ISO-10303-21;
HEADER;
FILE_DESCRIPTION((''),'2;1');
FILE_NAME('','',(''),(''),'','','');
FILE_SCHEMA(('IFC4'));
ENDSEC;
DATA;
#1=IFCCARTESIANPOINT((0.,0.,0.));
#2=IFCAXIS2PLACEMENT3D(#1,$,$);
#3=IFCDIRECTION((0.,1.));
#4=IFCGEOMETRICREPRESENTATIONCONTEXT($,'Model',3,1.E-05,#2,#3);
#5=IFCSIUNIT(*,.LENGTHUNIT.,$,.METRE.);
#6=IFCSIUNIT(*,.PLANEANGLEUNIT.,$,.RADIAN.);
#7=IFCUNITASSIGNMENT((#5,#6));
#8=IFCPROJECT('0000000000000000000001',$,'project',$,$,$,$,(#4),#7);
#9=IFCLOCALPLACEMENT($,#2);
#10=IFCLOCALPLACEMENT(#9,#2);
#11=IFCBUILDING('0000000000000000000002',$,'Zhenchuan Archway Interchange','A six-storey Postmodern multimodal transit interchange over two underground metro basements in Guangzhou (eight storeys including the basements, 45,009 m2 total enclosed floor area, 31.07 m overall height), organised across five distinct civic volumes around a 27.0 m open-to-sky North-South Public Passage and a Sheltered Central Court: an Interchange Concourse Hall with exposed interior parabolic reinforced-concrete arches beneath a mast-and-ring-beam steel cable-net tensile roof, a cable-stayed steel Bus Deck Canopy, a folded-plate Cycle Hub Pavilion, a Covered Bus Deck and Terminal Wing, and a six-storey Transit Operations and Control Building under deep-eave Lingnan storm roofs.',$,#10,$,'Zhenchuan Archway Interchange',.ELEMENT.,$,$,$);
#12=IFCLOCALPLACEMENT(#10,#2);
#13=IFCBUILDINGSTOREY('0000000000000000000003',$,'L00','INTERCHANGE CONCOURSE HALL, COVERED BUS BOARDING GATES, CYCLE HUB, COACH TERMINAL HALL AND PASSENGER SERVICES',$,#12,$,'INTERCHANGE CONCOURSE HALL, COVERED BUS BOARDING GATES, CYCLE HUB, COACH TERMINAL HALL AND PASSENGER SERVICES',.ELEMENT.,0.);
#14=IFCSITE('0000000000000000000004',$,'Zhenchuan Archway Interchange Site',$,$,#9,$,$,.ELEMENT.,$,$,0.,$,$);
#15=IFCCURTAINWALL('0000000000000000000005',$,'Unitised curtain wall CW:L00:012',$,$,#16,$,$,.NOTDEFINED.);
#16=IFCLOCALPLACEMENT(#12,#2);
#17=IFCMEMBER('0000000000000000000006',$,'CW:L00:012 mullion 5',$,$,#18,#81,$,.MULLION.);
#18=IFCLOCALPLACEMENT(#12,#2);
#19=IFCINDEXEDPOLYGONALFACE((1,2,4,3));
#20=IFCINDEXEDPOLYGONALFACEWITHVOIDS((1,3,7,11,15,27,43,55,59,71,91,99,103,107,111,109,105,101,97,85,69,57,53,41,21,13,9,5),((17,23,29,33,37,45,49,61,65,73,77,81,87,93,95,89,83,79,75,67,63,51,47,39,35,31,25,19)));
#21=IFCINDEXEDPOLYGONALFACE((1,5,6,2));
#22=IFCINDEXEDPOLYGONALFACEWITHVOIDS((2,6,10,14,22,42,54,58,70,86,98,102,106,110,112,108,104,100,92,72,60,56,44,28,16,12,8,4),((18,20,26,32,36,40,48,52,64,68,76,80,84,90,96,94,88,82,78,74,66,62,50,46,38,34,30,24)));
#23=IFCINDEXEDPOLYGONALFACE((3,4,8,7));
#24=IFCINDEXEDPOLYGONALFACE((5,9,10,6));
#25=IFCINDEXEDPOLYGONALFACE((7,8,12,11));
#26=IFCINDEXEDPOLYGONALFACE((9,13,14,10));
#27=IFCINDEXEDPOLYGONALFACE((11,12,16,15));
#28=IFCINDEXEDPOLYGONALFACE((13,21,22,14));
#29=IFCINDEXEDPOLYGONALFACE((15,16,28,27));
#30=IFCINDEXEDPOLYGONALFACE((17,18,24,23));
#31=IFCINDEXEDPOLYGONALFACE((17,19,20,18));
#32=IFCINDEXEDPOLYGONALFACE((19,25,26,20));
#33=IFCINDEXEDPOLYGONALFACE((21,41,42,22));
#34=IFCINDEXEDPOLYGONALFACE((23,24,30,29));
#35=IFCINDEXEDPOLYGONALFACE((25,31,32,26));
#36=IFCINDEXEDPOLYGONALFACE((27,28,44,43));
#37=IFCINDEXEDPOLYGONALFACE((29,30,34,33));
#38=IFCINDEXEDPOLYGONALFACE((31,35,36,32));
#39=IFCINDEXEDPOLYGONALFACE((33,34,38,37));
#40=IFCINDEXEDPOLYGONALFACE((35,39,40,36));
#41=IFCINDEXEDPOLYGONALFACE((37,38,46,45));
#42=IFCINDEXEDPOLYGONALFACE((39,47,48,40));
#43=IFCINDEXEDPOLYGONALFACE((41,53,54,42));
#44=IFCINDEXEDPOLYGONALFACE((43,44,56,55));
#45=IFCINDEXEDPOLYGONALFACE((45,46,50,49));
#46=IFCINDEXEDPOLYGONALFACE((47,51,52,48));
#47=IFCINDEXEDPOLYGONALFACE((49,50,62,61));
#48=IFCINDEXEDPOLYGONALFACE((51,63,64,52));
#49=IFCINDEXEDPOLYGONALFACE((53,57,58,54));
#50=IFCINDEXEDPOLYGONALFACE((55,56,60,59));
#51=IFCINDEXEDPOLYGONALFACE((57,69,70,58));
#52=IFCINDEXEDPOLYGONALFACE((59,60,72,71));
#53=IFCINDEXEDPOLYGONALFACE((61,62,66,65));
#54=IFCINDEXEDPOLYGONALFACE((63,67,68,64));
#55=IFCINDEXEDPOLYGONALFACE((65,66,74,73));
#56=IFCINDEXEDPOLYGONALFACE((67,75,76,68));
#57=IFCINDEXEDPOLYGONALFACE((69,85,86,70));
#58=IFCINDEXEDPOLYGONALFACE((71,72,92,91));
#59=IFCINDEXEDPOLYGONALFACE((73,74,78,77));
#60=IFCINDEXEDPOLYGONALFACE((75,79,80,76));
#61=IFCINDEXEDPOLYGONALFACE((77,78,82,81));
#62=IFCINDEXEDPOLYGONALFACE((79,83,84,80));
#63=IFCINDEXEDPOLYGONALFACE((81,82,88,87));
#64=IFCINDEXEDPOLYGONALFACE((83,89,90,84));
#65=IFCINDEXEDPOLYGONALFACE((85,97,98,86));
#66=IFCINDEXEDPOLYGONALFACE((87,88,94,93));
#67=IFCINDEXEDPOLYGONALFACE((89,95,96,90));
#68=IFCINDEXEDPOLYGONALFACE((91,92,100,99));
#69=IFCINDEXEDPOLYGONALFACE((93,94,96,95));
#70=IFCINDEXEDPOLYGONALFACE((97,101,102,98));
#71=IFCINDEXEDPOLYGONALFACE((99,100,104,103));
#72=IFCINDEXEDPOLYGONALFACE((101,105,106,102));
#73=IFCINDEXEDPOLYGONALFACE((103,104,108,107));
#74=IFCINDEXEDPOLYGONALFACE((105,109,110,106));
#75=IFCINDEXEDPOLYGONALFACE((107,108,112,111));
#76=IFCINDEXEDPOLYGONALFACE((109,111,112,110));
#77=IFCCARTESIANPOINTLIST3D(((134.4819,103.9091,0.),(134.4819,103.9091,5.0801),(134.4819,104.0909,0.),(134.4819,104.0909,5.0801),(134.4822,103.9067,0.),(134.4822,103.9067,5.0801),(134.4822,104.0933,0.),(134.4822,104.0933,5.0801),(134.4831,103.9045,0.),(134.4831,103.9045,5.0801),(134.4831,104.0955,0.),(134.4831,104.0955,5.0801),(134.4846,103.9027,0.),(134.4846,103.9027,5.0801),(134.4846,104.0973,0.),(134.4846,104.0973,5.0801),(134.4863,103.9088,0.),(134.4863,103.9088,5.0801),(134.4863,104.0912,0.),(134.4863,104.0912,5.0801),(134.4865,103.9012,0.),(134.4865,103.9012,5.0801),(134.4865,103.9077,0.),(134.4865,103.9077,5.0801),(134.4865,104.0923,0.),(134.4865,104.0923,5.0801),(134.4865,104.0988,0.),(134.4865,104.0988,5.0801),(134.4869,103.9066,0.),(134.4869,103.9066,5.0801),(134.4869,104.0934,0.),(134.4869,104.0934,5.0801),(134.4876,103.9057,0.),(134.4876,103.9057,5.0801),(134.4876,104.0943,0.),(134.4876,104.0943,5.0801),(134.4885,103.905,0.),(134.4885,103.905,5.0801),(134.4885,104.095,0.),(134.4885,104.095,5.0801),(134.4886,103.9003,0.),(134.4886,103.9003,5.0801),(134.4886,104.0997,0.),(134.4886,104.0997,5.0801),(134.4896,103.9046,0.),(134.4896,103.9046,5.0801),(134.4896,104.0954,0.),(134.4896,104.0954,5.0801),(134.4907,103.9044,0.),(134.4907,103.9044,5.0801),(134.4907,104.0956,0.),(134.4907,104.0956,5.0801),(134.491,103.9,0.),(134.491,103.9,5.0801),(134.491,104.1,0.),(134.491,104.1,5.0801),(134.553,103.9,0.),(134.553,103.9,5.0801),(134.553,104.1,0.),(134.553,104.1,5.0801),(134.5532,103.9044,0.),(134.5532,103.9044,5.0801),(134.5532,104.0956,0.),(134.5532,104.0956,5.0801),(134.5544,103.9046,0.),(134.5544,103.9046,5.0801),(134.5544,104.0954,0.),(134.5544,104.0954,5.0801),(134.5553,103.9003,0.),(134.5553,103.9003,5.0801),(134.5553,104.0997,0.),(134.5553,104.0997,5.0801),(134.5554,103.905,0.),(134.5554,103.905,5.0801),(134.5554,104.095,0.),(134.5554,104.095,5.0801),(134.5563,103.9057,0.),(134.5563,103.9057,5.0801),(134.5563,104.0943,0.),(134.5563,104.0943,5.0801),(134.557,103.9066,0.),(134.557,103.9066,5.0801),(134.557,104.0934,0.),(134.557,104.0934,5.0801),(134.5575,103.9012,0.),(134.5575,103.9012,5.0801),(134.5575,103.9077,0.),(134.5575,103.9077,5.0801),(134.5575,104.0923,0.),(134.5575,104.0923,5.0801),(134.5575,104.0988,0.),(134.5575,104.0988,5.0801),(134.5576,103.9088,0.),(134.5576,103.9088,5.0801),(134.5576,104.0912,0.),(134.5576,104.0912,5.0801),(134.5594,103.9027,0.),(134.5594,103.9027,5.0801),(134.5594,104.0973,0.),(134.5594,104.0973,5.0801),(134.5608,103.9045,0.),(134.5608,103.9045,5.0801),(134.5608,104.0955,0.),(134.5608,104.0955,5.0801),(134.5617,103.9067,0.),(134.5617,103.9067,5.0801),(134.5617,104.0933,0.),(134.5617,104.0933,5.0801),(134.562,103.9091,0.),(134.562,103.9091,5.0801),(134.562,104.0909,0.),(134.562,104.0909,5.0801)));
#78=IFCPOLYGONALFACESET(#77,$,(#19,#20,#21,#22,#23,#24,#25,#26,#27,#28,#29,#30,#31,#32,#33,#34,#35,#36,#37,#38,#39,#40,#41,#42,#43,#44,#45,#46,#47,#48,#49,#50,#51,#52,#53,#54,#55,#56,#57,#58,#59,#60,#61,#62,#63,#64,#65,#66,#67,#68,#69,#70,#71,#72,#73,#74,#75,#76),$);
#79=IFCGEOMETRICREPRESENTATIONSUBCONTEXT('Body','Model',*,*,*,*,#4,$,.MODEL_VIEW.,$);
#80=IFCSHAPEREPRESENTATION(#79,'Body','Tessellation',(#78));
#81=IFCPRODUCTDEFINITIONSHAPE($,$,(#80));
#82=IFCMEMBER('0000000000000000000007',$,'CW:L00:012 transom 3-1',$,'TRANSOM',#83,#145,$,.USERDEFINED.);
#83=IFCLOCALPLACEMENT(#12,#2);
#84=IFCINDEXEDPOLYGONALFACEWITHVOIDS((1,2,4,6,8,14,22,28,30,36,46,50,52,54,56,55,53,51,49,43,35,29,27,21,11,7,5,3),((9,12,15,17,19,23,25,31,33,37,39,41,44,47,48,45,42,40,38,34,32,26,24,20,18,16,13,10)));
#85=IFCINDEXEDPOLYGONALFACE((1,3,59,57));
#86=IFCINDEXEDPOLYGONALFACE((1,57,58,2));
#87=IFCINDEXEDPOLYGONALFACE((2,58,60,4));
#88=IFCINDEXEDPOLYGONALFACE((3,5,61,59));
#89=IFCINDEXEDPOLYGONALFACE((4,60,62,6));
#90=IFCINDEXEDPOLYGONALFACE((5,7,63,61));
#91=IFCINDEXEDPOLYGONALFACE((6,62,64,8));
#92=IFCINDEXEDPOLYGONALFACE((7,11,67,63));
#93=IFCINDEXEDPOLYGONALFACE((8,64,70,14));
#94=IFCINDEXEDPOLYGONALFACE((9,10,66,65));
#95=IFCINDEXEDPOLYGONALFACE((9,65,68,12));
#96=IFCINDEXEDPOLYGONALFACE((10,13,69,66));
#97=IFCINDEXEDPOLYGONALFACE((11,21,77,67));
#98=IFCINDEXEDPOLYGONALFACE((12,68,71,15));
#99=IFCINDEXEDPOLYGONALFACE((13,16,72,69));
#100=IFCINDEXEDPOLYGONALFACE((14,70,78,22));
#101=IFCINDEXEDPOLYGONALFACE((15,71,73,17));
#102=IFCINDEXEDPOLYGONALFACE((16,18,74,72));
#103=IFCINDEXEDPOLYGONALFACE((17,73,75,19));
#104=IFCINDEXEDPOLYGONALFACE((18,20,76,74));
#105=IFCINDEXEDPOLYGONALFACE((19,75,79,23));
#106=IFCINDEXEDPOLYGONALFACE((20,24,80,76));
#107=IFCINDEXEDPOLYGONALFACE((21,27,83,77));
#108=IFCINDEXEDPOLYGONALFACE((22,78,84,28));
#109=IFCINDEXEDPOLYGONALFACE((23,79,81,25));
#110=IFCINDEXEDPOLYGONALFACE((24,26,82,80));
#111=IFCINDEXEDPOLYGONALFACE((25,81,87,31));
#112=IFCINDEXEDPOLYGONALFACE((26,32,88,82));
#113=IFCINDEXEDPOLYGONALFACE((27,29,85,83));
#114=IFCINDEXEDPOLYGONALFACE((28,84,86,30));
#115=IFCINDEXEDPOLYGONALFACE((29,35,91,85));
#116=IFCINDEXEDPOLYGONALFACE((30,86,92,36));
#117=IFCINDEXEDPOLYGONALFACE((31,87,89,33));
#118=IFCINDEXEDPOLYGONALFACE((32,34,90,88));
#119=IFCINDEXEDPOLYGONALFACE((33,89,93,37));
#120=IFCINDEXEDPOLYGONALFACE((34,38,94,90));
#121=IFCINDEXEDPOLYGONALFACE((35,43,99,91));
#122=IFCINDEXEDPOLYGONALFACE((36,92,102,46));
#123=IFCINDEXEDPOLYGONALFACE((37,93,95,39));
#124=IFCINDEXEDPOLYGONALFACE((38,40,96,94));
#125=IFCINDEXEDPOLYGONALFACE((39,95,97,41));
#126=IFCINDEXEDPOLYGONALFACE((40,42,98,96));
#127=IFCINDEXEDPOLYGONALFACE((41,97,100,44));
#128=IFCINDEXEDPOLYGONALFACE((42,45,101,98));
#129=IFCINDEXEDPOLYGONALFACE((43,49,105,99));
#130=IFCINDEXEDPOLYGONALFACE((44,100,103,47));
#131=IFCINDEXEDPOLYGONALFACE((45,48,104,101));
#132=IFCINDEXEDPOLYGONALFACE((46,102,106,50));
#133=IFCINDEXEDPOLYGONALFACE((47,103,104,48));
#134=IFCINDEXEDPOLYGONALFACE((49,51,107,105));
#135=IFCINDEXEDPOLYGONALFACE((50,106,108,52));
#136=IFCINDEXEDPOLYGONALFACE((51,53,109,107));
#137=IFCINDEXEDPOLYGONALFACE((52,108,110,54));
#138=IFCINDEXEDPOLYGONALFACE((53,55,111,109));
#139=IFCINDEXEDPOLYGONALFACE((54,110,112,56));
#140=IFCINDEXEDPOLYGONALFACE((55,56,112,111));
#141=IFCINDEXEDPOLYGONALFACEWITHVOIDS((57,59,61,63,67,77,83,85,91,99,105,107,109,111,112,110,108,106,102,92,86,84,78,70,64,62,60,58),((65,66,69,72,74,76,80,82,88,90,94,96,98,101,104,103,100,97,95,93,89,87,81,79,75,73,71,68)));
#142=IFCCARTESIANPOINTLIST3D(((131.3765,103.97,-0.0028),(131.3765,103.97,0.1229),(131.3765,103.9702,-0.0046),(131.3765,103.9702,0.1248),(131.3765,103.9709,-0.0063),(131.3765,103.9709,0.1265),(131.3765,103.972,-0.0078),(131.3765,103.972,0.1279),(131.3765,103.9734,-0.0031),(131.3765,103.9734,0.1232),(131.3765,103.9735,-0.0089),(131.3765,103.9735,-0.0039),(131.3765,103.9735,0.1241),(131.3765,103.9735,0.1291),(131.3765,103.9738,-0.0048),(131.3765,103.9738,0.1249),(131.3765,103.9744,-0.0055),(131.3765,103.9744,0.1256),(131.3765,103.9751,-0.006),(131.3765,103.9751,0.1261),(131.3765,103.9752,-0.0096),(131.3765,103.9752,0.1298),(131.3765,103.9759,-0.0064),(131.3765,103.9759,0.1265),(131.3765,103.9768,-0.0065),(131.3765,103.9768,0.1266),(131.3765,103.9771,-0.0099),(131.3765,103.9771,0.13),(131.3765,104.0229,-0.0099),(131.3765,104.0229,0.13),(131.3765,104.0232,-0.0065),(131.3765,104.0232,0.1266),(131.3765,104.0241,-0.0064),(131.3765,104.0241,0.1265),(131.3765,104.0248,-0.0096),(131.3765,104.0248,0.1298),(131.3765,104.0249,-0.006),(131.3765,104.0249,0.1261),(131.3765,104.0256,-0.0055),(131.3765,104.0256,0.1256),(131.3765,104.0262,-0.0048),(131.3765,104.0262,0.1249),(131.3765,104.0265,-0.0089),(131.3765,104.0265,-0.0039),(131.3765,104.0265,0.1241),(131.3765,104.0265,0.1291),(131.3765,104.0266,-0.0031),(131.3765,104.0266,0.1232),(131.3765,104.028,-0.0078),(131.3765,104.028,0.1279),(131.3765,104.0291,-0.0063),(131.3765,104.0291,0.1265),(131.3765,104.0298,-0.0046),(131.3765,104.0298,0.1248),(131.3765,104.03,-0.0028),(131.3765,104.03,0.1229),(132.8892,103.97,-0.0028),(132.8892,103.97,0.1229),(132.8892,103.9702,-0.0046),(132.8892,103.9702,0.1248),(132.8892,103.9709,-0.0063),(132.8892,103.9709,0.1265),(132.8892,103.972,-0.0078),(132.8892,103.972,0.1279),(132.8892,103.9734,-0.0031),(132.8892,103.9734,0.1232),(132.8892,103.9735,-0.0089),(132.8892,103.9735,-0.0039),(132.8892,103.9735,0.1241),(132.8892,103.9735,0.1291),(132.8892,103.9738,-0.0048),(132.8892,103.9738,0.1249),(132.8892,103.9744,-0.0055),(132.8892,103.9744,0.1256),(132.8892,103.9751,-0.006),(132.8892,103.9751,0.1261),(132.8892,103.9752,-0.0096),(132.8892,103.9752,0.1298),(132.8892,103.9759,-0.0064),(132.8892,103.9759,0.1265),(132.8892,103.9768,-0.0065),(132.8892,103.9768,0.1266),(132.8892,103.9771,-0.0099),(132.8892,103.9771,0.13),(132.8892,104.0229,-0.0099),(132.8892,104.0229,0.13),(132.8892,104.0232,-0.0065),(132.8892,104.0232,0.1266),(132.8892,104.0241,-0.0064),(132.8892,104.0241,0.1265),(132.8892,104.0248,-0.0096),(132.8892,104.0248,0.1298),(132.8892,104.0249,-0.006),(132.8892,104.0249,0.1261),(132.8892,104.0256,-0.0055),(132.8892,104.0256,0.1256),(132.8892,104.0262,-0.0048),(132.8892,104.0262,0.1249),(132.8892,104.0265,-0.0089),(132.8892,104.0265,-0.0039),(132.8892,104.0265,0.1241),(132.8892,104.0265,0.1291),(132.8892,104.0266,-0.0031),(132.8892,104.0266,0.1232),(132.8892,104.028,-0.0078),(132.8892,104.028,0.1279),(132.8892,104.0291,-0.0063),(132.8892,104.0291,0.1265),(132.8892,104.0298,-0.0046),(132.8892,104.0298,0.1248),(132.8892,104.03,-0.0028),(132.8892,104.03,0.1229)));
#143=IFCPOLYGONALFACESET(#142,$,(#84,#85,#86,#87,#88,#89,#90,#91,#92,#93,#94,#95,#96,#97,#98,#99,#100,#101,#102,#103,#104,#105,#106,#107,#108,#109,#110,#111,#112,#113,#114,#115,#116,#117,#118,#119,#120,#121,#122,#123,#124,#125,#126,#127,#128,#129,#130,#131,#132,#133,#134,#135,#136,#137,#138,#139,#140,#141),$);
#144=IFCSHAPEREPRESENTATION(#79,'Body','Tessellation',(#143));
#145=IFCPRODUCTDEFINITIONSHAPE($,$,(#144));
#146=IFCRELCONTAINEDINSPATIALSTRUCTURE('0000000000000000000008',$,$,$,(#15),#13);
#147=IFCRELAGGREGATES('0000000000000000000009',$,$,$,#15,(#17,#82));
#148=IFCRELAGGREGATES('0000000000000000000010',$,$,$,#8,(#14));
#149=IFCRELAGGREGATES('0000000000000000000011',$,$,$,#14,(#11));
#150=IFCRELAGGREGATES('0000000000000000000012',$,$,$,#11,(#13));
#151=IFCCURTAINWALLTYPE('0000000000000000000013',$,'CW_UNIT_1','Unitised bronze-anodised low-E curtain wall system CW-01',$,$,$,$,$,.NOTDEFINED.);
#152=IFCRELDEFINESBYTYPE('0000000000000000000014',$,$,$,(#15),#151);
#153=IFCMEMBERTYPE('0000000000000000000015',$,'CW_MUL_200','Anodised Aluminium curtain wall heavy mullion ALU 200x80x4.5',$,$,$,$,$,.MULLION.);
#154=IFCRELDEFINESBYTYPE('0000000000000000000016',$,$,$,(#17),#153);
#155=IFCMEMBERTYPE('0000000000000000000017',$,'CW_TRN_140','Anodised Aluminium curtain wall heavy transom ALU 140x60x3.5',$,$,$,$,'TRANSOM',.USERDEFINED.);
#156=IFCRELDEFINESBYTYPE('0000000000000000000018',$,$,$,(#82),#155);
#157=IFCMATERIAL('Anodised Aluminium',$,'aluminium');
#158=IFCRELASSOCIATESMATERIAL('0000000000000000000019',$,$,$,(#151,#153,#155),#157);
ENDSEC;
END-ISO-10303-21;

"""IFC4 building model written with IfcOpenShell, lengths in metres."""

from ifc_helpers import new_model, si_unit, direction, frame, origin, origin_2d, place, context, subcontext, project, spatial, hollow_rectangle, extrude, material, material_profile, profile_set, type_object, element, aggregate, save


model = new_model("IFC4")

# Units and contexts
model_context = context("Model", 3, precision=1e-05, world=origin(), true_north=direction((0.0, 1.0)))
body_context = subcontext(model_context, "Body", "Model", "MODEL_VIEW")
ifc_project = project(units=[si_unit("LENGTHUNIT", "METRE"), si_unit("PLANEANGLEUNIT", "RADIAN")], contexts=[model_context])

# Site, building, storey
site_placement = place(None, origin())
site = spatial("IfcSite", under=ifc_project, at=site_placement, Name="Zhenchuan Archway Interchange Site", CompositionType="ELEMENT", RefElevation=0.0)
building_placement = place(site_placement, origin())
building = spatial("IfcBuilding", under=site, at=building_placement, Name="Zhenchuan Archway Interchange", Description="A six-storey Postmodern multimodal transit interchange over two underground metro basements in Guangzhou (eight storeys including the basements, 45,009 m2 total enclosed floor area, 31.07 m overall height), organised across five distinct civic volumes around a 27.0 m open-to-sky North-South Public Passage and a Sheltered Central Court: an Interchange Concourse Hall with exposed interior parabolic reinforced-concrete arches beneath a mast-and-ring-beam steel cable-net tensile roof, a cable-stayed steel Bus Deck Canopy, a folded-plate Cycle Hub Pavilion, a Covered Bus Deck and Terminal Wing, and a six-storey Transit Operations and Control Building under deep-eave Lingnan storm roofs.", LongName="Zhenchuan Archway Interchange", CompositionType="ELEMENT")
storey_placement = place(building_placement, origin())
storey = spatial("IfcBuildingStorey", under=building, at=storey_placement, Name="L00", Description="INTERCHANGE CONCOURSE HALL, COVERED BUS BOARDING GATES, CYCLE HUB, COACH TERMINAL HALL AND PASSENGER SERVICES", LongName="INTERCHANGE CONCOURSE HALL, COVERED BUS BOARDING GATES, CYCLE HUB, COACH TERMINAL HALL AND PASSENGER SERVICES", CompositionType="ELEMENT", Elevation=0.0)

# Curtain wall, members
ifc_material_1 = material(Name="Anodised Aluminium", Category="aluminium")
curtain_wall_type = type_object("IfcCurtainWallType", Name="CW_UNIT_1", Description="Unitised bronze-anodised low-E curtain wall system CW-01", PredefinedType="NOTDEFINED", material=ifc_material_1)
curtain_wall_placement = place(storey_placement, origin())
curtain_wall = element("IfcCurtainWall", 1, at=curtain_wall_placement, inside=storey, type_object=curtain_wall_type, Name="Unitised curtain wall CW:L00:012", PredefinedType="NOTDEFINED")
ifc_material_profile_1 = material_profile(ifc_material_1, hollow_rectangle(XDim=0.0801, YDim=0.2, WallThickness=0.0044, InnerFilletRadius=0.0044, OuterFilletRadius=0.009, at=origin_2d()), Name="ALU 200x80x4.5")
ifc_profile_set_1 = profile_set([ifc_material_profile_1], Name="Anodised Aluminium")
member_type_1 = type_object("IfcMemberType", Name="CW_MUL_200", Description="Anodised Aluminium curtain wall heavy mullion ALU 200x80x4.5", PredefinedType="MULLION", material=ifc_profile_set_1)
member_1_placement = place(storey_placement, frame((134.522, 104.0, 0.0), z_axis=(0.0, 0.0, 1.0), x_axis=(1.0, 0.0, 0.0)))
member_1 = element("IfcMember", 2, at=member_1_placement, type_object=member_type_1, Name="CW:L00:012 mullion 5", PredefinedType="MULLION", context=body_context, shape_type="SweptSolid", body=[
    extrude(hollow_rectangle(XDim=0.0801, YDim=0.2, WallThickness=0.0044, InnerFilletRadius=0.0044, OuterFilletRadius=0.009, at=origin_2d()), origin(), (0.0, 0.0, 1.0), 5.0801),
])
ifc_material_profile_2 = material_profile(ifc_material_1, hollow_rectangle(XDim=0.0601, YDim=0.1399, WallThickness=0.0034, InnerFilletRadius=0.0034, OuterFilletRadius=0.0071, at=origin_2d()), Name="ALU 140x60x3.5")
ifc_profile_set_2 = profile_set([ifc_material_profile_2], Name="Anodised Aluminium")
member_type_2 = type_object("IfcMemberType", Name="CW_TRN_140", Description="Anodised Aluminium curtain wall heavy transom ALU 140x60x3.5", ElementType="TRANSOM", PredefinedType="USERDEFINED", material=ifc_profile_set_2)
member_2_placement = place(storey_placement, frame((131.3765, 104.0, 0.0601), z_axis=(1.0, 0.0, 0.0), x_axis=(0.0, 1.0, 0.0)))
member_2 = element("IfcMember", 3, at=member_2_placement, type_object=member_type_2, Name="CW:L00:012 transom 3-1", ObjectType="TRANSOM", PredefinedType="USERDEFINED", context=body_context, shape_type="SweptSolid", body=[
    extrude(hollow_rectangle(XDim=0.0601, YDim=0.1399, WallThickness=0.0034, InnerFilletRadius=0.0034, OuterFilletRadius=0.0071, at=origin_2d()), origin(), (0.0, 0.0, 1.0), 1.5127),
])

aggregate(curtain_wall, [member_1, member_2])

save(model, "model.ifc")
